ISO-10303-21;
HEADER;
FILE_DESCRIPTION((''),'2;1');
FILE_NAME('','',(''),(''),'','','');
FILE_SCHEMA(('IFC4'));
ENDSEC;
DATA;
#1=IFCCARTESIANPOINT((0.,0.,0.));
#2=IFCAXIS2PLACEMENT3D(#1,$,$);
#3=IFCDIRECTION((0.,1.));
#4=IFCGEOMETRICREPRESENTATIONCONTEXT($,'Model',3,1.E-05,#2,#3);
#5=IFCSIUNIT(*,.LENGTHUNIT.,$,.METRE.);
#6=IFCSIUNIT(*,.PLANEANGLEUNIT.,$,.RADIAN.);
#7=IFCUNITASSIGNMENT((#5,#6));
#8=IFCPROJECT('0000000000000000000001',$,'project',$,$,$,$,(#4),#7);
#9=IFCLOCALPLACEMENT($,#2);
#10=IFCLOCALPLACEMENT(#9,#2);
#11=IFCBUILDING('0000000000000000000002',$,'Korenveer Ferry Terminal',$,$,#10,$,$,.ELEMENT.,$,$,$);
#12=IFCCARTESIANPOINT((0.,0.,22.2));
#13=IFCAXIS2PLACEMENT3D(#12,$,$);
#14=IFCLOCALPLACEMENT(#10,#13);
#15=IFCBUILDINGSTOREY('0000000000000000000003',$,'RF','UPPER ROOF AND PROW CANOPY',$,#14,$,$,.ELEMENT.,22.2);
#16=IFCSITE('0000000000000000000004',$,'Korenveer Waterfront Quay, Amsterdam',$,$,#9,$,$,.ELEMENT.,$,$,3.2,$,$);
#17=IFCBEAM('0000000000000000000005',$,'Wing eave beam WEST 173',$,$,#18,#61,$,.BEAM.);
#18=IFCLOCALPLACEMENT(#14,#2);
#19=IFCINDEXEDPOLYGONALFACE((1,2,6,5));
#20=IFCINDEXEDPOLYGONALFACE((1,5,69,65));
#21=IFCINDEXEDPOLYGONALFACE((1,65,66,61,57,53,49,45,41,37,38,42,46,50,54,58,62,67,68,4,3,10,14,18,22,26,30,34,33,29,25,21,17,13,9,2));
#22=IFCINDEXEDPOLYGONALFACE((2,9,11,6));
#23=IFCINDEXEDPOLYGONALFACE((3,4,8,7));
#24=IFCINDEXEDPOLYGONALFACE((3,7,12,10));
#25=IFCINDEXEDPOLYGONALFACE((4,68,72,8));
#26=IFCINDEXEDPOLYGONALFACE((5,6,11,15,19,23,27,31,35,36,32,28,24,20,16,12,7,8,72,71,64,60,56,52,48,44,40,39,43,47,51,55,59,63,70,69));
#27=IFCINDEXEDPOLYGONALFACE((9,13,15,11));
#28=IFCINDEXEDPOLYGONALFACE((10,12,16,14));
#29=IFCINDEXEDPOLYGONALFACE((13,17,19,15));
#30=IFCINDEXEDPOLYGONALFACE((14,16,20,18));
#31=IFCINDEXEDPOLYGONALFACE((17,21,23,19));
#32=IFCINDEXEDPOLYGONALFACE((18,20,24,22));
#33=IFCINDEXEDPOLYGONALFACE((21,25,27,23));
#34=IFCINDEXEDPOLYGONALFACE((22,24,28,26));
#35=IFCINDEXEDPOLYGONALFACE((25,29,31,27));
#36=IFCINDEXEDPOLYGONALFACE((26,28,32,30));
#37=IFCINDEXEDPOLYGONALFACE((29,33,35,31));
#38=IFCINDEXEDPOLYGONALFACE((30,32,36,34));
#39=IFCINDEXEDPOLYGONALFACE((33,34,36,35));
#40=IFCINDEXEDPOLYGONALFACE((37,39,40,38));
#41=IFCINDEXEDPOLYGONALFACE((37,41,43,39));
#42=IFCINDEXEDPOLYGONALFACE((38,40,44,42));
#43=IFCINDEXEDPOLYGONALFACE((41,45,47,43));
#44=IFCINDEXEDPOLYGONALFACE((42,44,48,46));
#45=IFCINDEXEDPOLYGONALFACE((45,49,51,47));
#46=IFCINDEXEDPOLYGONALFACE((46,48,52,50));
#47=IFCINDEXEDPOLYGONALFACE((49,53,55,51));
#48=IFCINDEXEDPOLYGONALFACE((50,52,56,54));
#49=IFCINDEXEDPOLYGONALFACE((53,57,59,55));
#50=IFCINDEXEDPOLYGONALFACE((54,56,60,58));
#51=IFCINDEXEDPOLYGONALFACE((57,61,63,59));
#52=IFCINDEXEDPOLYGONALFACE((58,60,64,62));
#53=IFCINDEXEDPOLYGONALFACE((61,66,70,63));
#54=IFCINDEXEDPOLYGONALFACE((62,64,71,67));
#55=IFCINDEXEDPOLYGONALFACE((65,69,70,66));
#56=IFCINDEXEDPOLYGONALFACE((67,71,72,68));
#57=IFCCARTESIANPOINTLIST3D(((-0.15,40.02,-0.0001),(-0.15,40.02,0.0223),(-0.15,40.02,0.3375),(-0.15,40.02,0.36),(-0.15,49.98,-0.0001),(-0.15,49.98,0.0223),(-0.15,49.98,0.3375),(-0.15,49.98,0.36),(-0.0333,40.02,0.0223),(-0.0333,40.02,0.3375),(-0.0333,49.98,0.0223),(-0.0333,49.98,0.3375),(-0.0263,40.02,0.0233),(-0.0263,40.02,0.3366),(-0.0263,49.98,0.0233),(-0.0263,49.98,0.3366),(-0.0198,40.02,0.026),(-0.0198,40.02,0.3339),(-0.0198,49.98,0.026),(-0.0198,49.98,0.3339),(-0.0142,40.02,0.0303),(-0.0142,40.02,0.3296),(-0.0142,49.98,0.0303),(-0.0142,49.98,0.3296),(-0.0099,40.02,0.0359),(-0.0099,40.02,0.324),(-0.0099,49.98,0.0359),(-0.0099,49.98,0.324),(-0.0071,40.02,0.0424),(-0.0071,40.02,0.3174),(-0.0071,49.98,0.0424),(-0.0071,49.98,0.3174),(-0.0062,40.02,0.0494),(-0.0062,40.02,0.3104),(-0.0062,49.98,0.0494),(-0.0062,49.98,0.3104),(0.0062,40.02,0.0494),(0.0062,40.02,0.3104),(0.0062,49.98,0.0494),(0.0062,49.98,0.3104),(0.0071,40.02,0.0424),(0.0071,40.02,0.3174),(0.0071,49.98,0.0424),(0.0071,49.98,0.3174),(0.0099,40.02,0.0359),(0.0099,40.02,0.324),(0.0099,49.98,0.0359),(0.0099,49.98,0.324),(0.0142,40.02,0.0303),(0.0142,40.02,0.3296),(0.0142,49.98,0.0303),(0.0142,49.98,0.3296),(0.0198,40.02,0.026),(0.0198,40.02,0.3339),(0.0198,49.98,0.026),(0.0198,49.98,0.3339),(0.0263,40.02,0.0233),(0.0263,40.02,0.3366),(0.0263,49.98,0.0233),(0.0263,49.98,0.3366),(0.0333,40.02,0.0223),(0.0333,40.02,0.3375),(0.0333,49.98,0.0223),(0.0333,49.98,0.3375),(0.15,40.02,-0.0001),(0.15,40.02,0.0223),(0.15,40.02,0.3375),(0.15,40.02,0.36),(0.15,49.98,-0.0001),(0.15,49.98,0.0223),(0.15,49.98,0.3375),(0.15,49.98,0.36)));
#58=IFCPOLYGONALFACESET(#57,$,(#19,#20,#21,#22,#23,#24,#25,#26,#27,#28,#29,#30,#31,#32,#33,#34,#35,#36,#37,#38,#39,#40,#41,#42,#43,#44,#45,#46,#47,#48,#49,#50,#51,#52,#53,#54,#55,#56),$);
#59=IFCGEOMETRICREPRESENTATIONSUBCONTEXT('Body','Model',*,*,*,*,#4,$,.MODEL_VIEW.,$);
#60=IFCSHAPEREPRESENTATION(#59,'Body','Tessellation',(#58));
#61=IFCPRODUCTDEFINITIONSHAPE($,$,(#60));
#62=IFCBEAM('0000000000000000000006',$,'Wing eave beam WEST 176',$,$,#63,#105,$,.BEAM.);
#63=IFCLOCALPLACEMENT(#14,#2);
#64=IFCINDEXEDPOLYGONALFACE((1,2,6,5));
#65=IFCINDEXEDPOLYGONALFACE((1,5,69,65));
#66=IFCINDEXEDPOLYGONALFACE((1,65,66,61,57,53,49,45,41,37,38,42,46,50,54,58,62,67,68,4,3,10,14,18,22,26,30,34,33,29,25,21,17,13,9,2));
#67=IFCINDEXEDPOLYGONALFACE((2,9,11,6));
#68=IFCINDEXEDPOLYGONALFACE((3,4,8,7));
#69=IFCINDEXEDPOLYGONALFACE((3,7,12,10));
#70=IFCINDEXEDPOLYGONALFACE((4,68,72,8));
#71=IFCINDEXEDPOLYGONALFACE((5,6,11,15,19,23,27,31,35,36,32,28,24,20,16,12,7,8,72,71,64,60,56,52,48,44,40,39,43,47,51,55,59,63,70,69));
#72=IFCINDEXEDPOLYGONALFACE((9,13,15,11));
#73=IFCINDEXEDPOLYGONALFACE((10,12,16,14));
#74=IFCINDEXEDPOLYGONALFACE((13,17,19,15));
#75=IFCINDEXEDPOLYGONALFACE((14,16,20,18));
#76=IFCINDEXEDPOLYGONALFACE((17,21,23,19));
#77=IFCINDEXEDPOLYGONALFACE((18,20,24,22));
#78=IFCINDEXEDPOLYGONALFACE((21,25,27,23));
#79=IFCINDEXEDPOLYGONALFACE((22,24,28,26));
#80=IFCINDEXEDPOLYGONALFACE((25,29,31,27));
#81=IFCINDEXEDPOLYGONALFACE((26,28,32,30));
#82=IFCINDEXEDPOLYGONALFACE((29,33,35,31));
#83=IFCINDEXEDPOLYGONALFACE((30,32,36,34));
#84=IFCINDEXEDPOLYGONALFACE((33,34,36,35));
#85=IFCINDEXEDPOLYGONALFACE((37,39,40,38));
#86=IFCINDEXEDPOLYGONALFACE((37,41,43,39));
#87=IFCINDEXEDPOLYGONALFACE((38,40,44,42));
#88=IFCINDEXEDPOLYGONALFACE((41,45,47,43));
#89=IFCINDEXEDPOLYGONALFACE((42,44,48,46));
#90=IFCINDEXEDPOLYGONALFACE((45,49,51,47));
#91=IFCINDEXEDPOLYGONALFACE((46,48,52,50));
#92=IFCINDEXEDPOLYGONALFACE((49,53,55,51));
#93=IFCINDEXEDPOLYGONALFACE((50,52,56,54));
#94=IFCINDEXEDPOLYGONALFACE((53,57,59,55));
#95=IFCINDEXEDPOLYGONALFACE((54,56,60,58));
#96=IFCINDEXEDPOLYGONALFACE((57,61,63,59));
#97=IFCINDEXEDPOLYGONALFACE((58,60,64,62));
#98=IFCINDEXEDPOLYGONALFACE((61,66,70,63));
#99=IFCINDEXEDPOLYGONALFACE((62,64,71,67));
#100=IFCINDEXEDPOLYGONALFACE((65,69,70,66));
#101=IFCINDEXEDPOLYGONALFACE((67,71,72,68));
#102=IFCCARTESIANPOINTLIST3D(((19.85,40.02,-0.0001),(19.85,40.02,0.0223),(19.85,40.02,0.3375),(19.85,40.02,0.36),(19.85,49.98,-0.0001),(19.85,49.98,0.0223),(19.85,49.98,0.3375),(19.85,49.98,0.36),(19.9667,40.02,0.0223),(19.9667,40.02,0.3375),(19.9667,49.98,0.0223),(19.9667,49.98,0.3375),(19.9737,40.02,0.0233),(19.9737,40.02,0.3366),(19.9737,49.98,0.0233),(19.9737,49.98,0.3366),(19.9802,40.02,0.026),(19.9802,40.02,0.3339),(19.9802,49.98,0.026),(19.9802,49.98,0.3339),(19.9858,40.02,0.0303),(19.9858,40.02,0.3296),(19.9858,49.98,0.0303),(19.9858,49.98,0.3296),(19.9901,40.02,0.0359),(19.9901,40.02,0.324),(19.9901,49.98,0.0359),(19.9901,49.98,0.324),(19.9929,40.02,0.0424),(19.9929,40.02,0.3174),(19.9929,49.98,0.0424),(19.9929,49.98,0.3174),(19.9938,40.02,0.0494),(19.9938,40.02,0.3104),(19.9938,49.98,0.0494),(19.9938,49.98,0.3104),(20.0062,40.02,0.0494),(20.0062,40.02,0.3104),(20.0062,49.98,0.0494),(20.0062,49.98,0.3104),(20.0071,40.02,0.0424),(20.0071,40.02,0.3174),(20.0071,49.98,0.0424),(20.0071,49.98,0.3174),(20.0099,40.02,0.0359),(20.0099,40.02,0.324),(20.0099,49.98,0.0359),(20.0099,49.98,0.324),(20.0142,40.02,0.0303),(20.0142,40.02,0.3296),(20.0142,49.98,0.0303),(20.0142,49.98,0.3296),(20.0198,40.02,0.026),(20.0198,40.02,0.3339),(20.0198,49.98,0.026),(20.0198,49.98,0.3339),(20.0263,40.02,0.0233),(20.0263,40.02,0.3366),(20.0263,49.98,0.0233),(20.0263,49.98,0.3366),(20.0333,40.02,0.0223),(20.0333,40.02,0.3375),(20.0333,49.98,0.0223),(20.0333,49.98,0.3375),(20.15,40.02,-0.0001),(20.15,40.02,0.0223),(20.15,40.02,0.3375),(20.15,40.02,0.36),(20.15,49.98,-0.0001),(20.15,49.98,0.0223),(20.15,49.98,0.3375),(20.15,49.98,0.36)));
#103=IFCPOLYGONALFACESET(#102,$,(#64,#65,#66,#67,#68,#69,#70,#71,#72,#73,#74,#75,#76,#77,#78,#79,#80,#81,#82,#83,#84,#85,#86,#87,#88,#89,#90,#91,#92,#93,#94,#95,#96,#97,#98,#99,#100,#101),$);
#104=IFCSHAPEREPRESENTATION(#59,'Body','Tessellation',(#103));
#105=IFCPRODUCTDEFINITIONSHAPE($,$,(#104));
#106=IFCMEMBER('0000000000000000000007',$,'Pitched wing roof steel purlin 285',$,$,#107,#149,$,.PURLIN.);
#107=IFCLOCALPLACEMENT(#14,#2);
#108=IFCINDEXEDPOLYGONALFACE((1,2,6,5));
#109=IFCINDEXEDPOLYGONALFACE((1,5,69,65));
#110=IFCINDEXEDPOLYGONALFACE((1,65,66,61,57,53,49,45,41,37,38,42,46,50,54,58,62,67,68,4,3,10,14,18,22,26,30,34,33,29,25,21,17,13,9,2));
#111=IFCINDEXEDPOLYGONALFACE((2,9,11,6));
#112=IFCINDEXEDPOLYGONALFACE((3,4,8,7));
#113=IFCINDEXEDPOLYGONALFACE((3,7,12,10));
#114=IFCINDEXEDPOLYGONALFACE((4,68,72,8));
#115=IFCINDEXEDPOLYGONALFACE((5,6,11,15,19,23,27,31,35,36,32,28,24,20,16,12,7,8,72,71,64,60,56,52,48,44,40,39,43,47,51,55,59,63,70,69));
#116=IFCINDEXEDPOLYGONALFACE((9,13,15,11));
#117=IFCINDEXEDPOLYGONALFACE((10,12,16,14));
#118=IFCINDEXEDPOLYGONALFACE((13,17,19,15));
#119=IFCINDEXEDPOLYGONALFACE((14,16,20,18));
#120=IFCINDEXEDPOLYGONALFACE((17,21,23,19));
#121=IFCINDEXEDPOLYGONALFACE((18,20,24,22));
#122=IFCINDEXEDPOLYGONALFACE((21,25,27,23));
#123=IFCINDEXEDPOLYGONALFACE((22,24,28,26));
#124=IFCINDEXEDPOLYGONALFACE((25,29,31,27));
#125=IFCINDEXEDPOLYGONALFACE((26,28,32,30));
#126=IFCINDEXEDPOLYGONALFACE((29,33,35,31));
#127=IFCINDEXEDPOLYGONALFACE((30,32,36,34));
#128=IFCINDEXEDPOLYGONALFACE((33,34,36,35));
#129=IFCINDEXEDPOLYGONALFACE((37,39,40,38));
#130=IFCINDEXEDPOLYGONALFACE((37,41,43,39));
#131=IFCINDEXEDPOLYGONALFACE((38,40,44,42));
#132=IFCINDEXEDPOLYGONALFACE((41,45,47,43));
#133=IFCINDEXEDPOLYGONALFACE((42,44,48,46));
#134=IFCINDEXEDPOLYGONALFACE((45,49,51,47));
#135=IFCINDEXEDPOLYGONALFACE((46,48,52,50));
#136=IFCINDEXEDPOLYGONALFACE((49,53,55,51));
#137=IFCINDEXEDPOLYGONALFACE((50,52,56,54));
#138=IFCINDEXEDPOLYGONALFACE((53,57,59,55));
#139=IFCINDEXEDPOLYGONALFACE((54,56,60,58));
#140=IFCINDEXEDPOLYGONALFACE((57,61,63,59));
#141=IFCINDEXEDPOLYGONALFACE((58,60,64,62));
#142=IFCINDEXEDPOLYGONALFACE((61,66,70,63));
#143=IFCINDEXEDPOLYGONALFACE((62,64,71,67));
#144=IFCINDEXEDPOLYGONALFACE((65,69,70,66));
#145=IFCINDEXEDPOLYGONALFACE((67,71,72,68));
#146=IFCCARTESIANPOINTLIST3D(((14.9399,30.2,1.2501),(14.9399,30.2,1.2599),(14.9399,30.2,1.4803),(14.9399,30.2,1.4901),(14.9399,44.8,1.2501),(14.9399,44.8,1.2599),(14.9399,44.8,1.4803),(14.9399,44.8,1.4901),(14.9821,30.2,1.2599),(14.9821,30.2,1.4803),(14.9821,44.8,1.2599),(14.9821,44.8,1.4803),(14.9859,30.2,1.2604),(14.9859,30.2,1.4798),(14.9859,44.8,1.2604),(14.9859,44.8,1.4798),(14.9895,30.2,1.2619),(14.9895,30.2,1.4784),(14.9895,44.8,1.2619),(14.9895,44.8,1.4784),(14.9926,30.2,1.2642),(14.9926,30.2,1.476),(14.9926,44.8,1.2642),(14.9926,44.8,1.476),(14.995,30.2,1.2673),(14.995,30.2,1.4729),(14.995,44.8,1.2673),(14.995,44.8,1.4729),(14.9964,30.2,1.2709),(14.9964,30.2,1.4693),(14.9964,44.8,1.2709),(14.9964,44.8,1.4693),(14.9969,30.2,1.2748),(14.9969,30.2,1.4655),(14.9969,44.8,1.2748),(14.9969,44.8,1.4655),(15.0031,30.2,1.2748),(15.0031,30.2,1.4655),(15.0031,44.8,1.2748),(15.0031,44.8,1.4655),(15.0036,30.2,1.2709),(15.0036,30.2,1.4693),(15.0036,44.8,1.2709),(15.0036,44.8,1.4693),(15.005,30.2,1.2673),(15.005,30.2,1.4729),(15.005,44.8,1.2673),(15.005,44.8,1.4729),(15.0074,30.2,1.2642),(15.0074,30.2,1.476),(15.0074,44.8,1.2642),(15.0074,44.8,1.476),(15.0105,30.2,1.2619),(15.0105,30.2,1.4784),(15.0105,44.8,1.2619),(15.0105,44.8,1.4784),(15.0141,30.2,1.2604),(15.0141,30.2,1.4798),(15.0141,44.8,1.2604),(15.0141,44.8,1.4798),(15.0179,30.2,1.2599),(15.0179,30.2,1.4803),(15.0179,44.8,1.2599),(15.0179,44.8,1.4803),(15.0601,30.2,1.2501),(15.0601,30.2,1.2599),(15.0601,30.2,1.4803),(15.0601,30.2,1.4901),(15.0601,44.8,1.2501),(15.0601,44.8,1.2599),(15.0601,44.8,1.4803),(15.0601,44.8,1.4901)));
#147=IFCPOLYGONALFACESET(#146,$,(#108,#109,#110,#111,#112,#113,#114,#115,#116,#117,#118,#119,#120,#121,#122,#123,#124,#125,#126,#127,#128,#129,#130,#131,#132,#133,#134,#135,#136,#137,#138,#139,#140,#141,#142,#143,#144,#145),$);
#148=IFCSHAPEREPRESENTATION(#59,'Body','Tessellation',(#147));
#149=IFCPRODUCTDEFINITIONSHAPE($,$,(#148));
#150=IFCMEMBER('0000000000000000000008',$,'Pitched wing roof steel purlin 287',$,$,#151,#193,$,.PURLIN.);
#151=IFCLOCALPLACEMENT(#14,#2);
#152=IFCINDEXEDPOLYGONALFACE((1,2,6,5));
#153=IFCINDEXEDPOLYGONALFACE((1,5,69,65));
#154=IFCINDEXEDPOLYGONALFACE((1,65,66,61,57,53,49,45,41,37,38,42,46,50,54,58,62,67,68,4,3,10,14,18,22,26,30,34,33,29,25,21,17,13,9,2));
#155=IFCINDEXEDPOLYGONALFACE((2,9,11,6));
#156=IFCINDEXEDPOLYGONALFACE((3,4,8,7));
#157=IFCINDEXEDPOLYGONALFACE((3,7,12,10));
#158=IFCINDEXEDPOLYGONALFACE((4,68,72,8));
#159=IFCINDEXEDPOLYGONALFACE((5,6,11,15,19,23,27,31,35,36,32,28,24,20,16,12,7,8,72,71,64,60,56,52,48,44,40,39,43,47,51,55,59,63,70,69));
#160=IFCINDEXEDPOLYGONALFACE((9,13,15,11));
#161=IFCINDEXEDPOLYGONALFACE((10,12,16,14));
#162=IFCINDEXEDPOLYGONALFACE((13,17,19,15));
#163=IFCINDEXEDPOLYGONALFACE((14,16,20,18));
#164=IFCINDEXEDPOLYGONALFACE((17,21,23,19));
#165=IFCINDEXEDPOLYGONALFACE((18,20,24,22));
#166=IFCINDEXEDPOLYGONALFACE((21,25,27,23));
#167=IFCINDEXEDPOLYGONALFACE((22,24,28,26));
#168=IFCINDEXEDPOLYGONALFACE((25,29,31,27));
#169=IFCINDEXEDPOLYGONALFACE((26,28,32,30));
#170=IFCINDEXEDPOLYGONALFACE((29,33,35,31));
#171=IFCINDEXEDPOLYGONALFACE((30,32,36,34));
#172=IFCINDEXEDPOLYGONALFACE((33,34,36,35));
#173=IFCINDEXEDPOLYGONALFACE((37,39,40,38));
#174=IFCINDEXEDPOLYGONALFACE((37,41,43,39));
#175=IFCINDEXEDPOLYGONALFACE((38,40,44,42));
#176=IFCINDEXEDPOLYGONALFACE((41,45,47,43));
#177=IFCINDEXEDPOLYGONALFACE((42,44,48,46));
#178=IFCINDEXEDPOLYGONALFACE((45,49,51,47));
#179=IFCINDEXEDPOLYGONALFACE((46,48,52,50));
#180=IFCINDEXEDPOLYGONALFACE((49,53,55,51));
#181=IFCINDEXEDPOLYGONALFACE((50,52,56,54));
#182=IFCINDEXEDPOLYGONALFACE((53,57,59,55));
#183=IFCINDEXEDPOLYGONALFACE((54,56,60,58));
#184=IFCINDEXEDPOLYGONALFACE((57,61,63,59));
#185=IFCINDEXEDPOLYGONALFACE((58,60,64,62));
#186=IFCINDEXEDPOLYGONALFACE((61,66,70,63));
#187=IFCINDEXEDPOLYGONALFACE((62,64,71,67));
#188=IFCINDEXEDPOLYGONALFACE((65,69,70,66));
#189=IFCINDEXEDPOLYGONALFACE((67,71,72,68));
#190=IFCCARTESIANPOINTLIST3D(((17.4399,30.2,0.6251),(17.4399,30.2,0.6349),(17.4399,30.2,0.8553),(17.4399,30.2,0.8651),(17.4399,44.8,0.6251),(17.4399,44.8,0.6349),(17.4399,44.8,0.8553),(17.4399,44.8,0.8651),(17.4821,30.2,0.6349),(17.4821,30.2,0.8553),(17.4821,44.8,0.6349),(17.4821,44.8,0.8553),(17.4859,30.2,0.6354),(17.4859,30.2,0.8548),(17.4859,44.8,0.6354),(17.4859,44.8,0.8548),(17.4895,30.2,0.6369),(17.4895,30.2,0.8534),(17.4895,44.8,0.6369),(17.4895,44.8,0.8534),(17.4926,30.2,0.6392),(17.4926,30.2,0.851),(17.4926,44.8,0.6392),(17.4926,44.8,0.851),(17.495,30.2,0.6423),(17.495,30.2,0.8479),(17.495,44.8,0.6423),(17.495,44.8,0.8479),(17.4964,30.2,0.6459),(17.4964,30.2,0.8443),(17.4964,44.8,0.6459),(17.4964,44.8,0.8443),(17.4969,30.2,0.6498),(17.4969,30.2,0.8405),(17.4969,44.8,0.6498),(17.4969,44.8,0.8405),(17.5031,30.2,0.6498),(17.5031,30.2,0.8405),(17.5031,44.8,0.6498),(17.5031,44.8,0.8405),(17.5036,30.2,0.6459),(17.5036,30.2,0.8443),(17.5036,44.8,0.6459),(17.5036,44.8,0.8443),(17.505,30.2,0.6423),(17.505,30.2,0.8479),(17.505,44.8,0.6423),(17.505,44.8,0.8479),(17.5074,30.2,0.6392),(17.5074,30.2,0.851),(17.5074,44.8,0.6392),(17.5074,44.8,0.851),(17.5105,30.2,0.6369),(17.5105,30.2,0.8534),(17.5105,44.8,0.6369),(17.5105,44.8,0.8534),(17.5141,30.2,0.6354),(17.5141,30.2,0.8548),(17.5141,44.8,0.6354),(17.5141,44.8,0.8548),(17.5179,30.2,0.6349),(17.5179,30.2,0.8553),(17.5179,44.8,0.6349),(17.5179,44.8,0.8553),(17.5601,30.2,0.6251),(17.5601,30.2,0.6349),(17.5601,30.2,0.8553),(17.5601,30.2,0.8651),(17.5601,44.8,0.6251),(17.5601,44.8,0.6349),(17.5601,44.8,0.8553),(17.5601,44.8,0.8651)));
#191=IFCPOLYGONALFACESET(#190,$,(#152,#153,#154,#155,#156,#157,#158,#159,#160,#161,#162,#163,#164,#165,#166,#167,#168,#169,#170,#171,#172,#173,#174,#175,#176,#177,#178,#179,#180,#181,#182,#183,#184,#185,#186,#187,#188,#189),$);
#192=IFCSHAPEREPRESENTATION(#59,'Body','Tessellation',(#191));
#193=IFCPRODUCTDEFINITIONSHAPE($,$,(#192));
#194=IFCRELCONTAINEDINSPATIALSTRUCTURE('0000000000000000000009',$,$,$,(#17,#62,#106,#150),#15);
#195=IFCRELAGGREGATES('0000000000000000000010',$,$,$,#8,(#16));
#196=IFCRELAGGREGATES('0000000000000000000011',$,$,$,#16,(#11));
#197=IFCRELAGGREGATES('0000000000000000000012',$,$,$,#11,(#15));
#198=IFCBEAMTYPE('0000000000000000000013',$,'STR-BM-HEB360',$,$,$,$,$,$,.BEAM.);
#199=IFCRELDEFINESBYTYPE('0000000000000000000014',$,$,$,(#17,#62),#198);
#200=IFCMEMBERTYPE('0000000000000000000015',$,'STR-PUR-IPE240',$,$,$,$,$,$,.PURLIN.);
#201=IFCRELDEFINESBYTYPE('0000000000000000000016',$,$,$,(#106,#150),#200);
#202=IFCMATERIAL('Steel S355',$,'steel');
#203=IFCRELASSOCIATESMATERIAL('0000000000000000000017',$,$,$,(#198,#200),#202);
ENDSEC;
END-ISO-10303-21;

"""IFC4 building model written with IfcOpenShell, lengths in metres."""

from ifc_helpers import new_model, si_unit, direction, frame, origin, origin_2d, place, context, subcontext, project, spatial, i_section, extrude, material, material_profile, profile_set, type_object, element, save


model = new_model("IFC4")

# Units and contexts
model_context = context("Model", 3, precision=1e-05, world=origin(), true_north=direction((0.0, 1.0)))
body_context = subcontext(model_context, "Body", "Model", "MODEL_VIEW")
ifc_project = project(units=[si_unit("LENGTHUNIT", "METRE"), si_unit("PLANEANGLEUNIT", "RADIAN")], contexts=[model_context])

# Site, building, storey
site_placement = place(None, origin())
site = spatial("IfcSite", under=ifc_project, at=site_placement, Name="Korenveer Waterfront Quay, Amsterdam", CompositionType="ELEMENT", RefElevation=3.2)
building_placement = place(site_placement, origin())
building = spatial("IfcBuilding", under=site, at=building_placement, Name="Korenveer Ferry Terminal", CompositionType="ELEMENT")
storey_placement = place(building_placement, frame((0.0, 0.0, 22.2)))
storey = spatial("IfcBuildingStorey", under=building, at=storey_placement, Name="RF", Description="UPPER ROOF AND PROW CANOPY", CompositionType="ELEMENT", Elevation=22.2)

# Beams
ifc_material_1 = material(Name="Steel S355", Category="steel")
ifc_material_profile_1 = material_profile(ifc_material_1, i_section(OverallWidth=0.3, OverallDepth=0.3601, WebThickness=0.0125, FlangeThickness=0.0225, FilletRadius=0.0271, at=origin_2d()), Name="HEB 360")
ifc_profile_set_1 = profile_set([ifc_material_profile_1], Name="Steel S355")
beam_type_1 = type_object("IfcBeamType", Name="STR-BM-HEB360", PredefinedType="BEAM", material=ifc_profile_set_1)
for number, where, z_axis, x_axis, name in (
    (1, (0.0, 40.02, 0.1799), (0.0, 1.0, 0.0), (-1.0, 0.0, 0.0), "Wing eave beam WEST 173"),
    (2, (20.0, 40.02, 0.1799), (0.0, 1.0, 0.0), (-1.0, 0.0, 0.0), "Wing eave beam WEST 176"),
):
    element("IfcBeam", number, at=place(storey_placement, frame(where, z_axis=z_axis, x_axis=x_axis)), inside=storey, type_object=beam_type_1, Name=name, PredefinedType="BEAM", context=body_context, shape_type="SweptSolid", body=[
        extrude(i_section(OverallWidth=0.3, OverallDepth=0.3601, WebThickness=0.0125, FlangeThickness=0.0225, FilletRadius=0.0271, at=origin_2d()), origin(), (0.0, 0.0, 1.0), 9.96),
    ])

# Members
ifc_material_profile_2 = material_profile(ifc_material_1, i_section(OverallWidth=0.1201, OverallDepth=0.24, WebThickness=0.0061, FlangeThickness=0.0098, FilletRadius=0.0149, at=origin_2d()), Name="IPE 240")
ifc_profile_set_2 = profile_set([ifc_material_profile_2], Name="Steel S355")
member_type_1 = type_object("IfcMemberType", Name="STR-PUR-IPE240", PredefinedType="PURLIN", material=ifc_profile_set_2)
for number, where, z_axis, x_axis, name in (
    (3, (15.0, 30.2, 1.3701), (0.0, 1.0, 0.0), (-1.0, 0.0, 0.0), "Pitched wing roof steel purlin 285"),
    (4, (17.5, 30.2, 0.7451), (0.0, 1.0, 0.0), (-1.0, 0.0, 0.0), "Pitched wing roof steel purlin 287"),
):
    element("IfcMember", number, at=place(storey_placement, frame(where, z_axis=z_axis, x_axis=x_axis)), inside=storey, type_object=member_type_1, Name=name, PredefinedType="PURLIN", context=body_context, shape_type="SweptSolid", body=[
        extrude(i_section(OverallWidth=0.1201, OverallDepth=0.24, WebThickness=0.0061, FlangeThickness=0.0098, FilletRadius=0.0149, at=origin_2d()), origin(), (0.0, 0.0, 1.0), 14.6001),
    ])

save(model, "model.ifc")
